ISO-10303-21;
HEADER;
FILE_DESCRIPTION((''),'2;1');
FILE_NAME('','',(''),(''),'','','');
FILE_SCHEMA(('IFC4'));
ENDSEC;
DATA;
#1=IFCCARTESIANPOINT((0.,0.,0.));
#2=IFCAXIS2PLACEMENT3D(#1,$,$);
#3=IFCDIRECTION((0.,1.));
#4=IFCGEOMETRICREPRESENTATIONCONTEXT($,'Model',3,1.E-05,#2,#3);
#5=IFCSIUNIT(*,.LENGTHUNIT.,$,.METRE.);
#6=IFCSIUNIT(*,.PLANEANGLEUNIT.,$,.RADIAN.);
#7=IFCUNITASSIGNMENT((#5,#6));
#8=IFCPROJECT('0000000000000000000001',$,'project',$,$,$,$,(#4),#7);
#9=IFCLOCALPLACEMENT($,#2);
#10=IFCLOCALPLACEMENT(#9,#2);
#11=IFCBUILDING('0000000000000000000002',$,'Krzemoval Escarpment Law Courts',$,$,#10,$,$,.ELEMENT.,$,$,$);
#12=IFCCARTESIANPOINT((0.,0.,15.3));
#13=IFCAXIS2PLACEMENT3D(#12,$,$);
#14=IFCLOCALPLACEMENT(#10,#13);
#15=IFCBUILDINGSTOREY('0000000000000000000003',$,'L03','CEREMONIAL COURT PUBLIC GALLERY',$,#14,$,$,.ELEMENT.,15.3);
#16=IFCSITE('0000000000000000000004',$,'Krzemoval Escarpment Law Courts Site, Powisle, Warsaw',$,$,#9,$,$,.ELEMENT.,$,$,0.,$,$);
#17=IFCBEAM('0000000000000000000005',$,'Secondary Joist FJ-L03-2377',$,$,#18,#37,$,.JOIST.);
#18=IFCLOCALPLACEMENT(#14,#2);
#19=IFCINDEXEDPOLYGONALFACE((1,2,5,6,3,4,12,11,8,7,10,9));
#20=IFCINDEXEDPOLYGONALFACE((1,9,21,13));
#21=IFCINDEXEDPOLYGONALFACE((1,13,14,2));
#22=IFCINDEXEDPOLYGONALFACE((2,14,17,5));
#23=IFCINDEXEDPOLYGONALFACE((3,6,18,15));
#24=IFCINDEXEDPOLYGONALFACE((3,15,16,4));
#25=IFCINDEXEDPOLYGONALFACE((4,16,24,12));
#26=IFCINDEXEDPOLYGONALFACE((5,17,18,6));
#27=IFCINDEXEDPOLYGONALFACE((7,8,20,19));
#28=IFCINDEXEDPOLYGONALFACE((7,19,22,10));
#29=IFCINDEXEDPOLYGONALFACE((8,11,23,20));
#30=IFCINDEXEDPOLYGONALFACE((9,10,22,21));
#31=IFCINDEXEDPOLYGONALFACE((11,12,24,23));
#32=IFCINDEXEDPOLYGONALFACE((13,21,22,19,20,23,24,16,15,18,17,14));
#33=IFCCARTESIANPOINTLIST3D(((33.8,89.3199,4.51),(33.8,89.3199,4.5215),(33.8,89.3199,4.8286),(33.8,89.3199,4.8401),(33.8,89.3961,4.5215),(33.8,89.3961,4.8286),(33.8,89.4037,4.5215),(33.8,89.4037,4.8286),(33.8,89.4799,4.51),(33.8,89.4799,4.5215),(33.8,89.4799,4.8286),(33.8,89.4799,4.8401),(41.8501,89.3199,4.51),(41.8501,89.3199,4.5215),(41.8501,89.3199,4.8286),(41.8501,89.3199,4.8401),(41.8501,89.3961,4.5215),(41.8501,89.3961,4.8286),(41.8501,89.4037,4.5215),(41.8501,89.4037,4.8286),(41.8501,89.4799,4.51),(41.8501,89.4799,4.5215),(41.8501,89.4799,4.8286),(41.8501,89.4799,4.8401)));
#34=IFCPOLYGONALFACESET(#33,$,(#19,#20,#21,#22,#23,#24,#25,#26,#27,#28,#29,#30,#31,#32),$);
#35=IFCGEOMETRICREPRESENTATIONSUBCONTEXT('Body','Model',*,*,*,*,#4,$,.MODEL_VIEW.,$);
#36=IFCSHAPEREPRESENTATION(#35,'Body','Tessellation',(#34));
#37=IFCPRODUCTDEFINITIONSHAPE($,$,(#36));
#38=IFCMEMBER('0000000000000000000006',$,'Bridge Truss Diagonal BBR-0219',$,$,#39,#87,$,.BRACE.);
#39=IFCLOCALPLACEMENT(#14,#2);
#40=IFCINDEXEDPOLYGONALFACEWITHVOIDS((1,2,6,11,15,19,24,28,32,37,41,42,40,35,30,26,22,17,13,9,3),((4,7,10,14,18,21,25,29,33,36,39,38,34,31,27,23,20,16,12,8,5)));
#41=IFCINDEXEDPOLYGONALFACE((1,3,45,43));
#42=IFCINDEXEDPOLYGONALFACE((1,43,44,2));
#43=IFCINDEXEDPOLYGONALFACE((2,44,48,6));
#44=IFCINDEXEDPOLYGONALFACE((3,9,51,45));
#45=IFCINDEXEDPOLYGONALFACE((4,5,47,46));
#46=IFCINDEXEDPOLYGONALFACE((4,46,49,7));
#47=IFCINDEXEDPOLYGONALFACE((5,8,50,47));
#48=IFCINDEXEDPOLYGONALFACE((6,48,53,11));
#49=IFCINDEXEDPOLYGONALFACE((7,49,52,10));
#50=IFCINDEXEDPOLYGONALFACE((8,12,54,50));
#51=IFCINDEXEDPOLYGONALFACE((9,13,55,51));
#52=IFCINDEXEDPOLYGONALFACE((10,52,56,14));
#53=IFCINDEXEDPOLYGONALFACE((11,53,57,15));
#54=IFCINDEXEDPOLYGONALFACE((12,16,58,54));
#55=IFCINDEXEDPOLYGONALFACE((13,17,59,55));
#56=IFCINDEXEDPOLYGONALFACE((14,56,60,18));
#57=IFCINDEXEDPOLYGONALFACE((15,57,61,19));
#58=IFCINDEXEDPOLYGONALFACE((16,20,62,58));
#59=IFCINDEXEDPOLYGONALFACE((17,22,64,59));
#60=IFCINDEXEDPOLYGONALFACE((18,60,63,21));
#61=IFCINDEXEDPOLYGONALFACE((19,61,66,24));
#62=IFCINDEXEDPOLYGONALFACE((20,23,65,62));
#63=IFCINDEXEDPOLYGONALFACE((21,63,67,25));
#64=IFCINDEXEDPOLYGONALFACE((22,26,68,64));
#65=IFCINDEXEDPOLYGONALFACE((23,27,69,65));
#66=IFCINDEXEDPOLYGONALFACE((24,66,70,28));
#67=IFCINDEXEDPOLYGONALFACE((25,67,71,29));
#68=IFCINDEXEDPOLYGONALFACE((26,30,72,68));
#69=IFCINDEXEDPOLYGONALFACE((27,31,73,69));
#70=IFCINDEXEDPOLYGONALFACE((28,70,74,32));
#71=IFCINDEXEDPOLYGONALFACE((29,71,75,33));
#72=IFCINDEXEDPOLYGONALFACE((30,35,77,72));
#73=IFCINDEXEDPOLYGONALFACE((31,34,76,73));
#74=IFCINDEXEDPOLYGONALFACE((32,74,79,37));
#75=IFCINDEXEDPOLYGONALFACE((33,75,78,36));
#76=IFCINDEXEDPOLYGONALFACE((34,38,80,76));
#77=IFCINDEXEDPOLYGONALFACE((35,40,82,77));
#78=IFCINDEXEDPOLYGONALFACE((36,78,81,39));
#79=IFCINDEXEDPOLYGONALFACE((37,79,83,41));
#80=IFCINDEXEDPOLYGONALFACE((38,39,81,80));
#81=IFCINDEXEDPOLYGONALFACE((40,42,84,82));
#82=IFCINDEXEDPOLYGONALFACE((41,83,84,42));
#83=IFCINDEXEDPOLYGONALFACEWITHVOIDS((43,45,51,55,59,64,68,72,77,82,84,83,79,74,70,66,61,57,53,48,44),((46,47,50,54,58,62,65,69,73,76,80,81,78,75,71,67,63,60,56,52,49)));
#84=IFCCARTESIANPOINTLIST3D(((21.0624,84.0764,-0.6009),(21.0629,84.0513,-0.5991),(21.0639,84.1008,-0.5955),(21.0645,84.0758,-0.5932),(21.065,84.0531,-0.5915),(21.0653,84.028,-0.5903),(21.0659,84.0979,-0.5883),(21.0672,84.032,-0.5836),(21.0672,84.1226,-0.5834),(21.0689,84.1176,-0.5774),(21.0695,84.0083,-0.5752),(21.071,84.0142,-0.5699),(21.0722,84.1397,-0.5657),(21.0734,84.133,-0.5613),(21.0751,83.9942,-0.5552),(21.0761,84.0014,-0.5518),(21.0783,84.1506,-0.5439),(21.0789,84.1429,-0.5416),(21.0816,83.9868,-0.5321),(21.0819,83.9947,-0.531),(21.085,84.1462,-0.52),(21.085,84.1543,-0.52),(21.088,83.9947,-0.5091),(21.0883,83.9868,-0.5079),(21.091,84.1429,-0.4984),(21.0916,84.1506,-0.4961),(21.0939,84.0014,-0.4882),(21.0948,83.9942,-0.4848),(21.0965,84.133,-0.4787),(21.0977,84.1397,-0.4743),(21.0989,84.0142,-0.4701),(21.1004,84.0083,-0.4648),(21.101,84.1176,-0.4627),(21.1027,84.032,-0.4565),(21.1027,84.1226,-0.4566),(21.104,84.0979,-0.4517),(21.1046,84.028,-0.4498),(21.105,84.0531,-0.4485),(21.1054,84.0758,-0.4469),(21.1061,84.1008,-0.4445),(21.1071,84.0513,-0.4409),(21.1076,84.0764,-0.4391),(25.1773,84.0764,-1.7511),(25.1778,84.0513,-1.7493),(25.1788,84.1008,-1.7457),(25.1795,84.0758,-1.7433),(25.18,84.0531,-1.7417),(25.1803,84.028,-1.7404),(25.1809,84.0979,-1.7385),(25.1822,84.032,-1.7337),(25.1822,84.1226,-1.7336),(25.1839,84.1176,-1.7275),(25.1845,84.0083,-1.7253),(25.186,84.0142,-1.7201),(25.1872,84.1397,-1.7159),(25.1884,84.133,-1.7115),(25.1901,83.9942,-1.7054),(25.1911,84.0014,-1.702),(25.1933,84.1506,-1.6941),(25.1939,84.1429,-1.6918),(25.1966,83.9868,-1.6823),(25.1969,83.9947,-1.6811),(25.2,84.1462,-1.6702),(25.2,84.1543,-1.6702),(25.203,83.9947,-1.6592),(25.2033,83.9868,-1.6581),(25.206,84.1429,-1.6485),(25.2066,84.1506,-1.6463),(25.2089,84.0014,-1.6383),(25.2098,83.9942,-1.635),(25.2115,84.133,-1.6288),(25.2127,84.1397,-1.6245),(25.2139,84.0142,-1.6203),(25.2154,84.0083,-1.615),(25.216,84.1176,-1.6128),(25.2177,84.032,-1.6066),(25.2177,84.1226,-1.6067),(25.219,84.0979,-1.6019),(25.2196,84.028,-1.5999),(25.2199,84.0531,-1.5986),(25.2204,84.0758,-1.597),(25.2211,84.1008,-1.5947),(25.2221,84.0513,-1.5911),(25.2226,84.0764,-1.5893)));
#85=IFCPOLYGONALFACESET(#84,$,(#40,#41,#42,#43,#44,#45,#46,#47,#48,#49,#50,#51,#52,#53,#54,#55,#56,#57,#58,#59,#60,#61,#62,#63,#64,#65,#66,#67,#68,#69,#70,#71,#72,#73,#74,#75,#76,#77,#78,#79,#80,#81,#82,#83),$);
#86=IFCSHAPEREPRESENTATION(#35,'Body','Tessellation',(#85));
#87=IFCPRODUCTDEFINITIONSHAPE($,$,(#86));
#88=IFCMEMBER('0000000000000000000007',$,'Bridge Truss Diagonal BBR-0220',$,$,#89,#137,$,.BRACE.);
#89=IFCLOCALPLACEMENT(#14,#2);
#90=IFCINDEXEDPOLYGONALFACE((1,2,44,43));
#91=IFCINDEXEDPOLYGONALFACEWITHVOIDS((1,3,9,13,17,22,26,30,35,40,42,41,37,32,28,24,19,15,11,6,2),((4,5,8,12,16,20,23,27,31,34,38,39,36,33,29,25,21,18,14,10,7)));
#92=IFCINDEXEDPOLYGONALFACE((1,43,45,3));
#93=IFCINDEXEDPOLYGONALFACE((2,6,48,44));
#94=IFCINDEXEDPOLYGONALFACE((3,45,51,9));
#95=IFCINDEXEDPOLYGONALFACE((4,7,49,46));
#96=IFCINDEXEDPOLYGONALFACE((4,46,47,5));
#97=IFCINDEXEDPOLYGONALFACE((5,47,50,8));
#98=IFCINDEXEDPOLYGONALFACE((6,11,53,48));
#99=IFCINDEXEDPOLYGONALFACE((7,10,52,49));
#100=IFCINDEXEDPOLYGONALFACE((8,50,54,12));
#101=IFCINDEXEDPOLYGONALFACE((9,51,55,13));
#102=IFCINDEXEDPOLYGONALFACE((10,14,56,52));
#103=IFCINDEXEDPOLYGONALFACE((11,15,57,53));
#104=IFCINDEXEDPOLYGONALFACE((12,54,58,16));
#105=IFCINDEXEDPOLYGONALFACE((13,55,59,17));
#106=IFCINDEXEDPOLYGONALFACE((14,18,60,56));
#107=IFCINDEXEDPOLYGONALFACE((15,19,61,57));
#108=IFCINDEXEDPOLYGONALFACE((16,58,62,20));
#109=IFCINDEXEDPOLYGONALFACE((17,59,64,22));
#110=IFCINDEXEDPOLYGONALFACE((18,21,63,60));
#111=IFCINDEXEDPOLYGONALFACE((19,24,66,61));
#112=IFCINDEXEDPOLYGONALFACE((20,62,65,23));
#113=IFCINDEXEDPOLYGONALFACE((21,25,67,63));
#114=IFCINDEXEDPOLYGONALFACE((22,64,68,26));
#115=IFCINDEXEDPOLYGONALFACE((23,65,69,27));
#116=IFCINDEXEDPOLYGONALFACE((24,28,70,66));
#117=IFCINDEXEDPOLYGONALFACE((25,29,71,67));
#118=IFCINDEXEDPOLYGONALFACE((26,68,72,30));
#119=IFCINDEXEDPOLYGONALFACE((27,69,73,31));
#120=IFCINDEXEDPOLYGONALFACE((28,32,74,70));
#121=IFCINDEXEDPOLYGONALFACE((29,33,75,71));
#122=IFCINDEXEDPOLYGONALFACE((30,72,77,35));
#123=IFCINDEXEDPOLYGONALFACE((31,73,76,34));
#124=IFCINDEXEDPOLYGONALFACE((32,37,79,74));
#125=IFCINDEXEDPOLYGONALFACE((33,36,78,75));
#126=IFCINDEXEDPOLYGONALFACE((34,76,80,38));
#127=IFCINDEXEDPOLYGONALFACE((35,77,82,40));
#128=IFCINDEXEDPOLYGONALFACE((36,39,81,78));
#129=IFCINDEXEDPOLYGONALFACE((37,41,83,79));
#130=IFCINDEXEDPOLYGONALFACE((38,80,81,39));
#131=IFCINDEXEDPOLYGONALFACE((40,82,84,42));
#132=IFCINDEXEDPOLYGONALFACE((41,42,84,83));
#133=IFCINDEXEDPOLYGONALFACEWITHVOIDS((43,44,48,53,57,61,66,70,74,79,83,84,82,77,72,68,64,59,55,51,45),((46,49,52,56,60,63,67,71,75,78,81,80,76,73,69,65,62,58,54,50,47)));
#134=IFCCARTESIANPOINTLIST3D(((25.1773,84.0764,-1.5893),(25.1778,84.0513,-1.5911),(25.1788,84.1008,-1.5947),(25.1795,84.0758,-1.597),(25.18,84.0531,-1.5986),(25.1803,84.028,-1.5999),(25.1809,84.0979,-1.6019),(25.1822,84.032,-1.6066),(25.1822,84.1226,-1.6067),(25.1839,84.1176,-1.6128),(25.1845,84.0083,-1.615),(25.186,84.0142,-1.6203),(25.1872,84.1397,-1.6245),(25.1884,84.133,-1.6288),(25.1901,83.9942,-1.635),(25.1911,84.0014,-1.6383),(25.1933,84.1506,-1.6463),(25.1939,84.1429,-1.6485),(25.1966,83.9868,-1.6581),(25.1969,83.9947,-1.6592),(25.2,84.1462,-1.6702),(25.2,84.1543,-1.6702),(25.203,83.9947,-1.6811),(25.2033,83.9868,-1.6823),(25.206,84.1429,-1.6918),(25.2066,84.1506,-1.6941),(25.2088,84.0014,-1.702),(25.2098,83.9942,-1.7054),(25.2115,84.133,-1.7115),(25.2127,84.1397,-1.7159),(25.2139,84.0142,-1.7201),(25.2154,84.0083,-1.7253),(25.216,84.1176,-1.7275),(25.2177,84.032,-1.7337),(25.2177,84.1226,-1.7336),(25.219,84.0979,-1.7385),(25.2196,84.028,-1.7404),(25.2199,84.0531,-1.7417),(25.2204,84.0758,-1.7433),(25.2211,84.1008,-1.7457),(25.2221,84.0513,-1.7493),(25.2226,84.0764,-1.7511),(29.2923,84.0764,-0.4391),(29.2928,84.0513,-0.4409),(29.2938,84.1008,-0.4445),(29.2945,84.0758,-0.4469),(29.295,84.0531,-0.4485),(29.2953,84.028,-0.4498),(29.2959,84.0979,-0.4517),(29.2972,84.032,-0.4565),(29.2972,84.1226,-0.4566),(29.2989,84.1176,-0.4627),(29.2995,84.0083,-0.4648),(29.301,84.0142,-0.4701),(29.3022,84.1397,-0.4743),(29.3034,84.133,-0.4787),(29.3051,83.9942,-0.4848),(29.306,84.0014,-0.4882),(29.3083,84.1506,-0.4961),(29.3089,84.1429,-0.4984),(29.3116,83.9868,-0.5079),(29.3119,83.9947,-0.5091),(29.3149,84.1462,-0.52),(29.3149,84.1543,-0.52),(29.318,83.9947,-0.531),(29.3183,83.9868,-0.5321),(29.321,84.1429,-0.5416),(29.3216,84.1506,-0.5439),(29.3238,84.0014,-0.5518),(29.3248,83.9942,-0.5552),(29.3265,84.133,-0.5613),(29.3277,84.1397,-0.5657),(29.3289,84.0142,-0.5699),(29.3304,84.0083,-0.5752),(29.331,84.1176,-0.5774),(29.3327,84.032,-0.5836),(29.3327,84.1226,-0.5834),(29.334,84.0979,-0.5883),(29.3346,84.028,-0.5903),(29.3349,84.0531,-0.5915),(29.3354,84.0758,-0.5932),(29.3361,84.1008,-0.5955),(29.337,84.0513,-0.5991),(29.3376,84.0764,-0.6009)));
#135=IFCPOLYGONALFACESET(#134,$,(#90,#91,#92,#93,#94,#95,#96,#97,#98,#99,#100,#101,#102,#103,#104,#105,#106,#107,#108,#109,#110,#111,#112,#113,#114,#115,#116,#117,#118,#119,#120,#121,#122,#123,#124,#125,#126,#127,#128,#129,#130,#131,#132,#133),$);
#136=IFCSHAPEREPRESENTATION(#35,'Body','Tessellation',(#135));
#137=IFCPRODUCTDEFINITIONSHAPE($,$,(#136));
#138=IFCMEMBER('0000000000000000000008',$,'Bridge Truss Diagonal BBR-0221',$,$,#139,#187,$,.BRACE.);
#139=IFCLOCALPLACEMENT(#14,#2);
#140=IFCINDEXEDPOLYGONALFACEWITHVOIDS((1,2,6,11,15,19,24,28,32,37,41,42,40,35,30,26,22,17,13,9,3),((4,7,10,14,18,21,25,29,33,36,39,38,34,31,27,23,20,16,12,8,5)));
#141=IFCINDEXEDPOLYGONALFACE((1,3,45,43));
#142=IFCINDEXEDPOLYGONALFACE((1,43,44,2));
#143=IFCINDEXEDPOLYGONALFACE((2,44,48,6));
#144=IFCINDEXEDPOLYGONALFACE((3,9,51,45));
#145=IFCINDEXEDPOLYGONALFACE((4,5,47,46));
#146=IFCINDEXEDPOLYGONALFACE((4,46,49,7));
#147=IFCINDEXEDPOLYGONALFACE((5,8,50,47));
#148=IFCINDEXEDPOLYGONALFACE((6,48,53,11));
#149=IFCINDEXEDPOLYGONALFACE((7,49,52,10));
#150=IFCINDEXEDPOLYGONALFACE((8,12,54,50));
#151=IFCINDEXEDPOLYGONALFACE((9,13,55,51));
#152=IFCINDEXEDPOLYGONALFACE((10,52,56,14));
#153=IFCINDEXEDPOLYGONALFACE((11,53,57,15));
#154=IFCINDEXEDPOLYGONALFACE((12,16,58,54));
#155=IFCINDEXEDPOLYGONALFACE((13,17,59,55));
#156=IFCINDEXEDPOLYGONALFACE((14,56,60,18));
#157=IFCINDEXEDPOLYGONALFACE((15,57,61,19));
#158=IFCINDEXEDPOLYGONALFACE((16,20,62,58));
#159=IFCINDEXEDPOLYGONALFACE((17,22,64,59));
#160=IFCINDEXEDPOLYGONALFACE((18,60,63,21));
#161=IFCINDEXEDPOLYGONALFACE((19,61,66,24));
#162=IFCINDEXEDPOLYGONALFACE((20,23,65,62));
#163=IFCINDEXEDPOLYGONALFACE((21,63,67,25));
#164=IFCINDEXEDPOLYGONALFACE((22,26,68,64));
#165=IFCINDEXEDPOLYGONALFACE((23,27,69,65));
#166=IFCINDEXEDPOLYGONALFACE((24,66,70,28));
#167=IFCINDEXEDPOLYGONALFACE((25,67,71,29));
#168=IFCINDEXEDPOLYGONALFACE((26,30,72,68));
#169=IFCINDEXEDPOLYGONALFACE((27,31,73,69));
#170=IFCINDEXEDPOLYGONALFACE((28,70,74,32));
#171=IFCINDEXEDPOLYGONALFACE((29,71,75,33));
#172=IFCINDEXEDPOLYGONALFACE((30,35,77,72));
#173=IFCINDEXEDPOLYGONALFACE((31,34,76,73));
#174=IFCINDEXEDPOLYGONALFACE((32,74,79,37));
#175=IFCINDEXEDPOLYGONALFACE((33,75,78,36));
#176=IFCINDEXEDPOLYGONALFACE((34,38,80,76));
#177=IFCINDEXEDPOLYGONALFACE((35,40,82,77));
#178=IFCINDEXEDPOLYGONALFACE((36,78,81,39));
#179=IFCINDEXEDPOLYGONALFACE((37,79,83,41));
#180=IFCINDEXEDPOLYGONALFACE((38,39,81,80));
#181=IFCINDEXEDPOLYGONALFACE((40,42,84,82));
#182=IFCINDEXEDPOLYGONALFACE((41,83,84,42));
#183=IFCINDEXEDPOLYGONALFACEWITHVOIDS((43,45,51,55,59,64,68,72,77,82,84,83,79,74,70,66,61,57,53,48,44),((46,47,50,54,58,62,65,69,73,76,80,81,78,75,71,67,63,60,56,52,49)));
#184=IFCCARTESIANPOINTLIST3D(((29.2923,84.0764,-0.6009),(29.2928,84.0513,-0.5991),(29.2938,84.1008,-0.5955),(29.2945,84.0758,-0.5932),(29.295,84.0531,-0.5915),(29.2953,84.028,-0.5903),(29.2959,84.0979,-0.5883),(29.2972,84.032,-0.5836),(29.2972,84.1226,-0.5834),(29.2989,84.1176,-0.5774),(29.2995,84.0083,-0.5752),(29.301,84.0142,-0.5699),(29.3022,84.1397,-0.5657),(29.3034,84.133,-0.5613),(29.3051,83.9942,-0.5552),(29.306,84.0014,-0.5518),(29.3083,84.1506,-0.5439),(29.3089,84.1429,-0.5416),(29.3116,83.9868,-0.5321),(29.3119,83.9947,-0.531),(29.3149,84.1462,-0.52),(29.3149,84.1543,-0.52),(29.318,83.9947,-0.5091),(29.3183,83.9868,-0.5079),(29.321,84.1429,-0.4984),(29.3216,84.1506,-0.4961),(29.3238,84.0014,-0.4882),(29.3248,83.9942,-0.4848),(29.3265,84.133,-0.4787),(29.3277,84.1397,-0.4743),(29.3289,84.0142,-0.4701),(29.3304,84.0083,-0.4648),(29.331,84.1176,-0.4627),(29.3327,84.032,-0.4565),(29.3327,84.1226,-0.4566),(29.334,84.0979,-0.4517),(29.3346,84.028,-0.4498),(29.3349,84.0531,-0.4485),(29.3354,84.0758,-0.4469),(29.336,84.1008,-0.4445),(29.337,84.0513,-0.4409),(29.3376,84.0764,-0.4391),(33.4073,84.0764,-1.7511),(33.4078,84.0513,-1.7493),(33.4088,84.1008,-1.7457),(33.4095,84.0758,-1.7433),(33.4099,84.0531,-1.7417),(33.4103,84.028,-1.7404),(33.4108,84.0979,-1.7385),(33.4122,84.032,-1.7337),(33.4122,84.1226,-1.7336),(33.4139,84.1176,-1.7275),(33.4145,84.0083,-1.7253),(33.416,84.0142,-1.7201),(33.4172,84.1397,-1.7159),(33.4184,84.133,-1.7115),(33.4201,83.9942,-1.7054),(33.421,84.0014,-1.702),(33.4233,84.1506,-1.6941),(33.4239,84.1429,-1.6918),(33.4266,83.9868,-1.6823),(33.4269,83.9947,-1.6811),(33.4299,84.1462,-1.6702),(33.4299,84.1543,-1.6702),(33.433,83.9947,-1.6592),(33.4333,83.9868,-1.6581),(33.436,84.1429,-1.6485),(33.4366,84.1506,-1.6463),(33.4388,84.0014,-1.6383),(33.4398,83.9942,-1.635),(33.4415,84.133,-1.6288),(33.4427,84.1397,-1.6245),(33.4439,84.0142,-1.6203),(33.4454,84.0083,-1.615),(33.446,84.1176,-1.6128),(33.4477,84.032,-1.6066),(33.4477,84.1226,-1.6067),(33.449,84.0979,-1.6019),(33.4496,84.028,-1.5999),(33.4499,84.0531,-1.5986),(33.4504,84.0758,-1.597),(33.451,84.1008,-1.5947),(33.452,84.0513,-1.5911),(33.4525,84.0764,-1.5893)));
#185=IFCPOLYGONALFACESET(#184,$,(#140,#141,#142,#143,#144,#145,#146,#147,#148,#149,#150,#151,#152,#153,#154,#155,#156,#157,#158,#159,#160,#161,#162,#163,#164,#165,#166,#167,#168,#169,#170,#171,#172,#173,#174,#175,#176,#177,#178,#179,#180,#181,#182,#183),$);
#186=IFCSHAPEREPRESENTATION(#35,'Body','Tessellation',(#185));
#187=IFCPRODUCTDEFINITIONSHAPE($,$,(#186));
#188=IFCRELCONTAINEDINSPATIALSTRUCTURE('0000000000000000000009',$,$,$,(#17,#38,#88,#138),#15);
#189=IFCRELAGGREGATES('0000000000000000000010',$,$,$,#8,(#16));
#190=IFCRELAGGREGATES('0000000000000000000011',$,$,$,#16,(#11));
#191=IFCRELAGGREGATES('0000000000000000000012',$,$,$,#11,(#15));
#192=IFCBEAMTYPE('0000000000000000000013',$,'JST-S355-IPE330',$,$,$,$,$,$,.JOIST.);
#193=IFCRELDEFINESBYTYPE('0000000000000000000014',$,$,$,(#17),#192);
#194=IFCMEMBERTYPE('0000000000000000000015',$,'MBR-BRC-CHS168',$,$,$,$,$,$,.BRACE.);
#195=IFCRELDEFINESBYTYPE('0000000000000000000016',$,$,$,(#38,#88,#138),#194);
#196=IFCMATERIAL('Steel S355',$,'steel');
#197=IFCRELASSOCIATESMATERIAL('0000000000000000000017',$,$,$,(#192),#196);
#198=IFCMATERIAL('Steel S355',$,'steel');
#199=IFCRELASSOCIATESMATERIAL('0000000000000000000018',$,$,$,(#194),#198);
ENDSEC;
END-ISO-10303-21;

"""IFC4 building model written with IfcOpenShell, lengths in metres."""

from ifc_helpers import new_model, si_unit, direction, frame, origin, origin_2d, place, context, subcontext, project, spatial, hollow_circle, i_section, extrude, material, material_profile, profile_set, type_object, element, save


model = new_model("IFC4")

# Units and contexts
model_context = context("Model", 3, precision=1e-05, world=origin(), true_north=direction((0.0, 1.0)))
body_context = subcontext(model_context, "Body", "Model", "MODEL_VIEW")
ifc_project = project(units=[si_unit("LENGTHUNIT", "METRE"), si_unit("PLANEANGLEUNIT", "RADIAN")], contexts=[model_context])

# Site, building, storey
site_placement = place(None, origin())
site = spatial("IfcSite", under=ifc_project, at=site_placement, Name="Krzemoval Escarpment Law Courts Site, Powisle, Warsaw", CompositionType="ELEMENT", RefElevation=0.0)
building_placement = place(site_placement, origin())
building = spatial("IfcBuilding", under=site, at=building_placement, Name="Krzemoval Escarpment Law Courts", CompositionType="ELEMENT")
storey_placement = place(building_placement, frame((0.0, 0.0, 15.3)))
storey = spatial("IfcBuildingStorey", under=building, at=storey_placement, Name="L03", Description="CEREMONIAL COURT PUBLIC GALLERY", CompositionType="ELEMENT", Elevation=15.3)

# Beam
ifc_material_1 = material(Name="Steel S355", Category="steel")
ifc_material_profile_1 = material_profile(ifc_material_1, i_section(OverallWidth=0.1599, OverallDepth=0.3301, WebThickness=0.0076, FlangeThickness=0.0115, at=origin_2d()), Name="IPE 330")
ifc_profile_set_1 = profile_set([ifc_material_profile_1], Name="Steel S355")
beam_type_1 = type_object("IfcBeamType", Name="JST-S355-IPE330", PredefinedType="JOIST", material=ifc_profile_set_1)
beam_1_placement = place(storey_placement, frame((33.8, 89.3999, 4.675), z_axis=(1.0, 0.0, 0.0), x_axis=(0.0, 1.0, 0.0)))
element("IfcBeam", 1, at=beam_1_placement, inside=storey, type_object=beam_type_1, Name="Secondary Joist FJ-L03-2377", PredefinedType="JOIST", context=body_context, shape_type="SweptSolid", body=[
    extrude(i_section(OverallWidth=0.1599, OverallDepth=0.3301, WebThickness=0.0076, FlangeThickness=0.0115, at=origin_2d()), origin(), (0.0, 0.0, 1.0), 8.05),
])

# Members
ifc_material_2 = material(Name="Steel S355", Category="steel")
ifc_material_profile_2 = material_profile(ifc_material_2, hollow_circle(Radius=0.0842, WallThickness=0.0081, at=origin_2d()), Name="CHS 168.3x8")
ifc_profile_set_2 = profile_set([ifc_material_profile_2], Name="Steel S355")
member_type_1 = type_object("IfcMemberType", Name="MBR-BRC-CHS168", PredefinedType="BRACE", material=ifc_profile_set_2)
for number, where, z_axis, x_axis, name in (
    (2, (21.085, 84.0701, -0.52), (0.963089, 0.0, -0.269185), (0.0, 1.0, 0.0), "Bridge Truss Diagonal BBR-0219"),
    (3, (25.2, 84.0701, -1.6702), (0.963089, 0.0, 0.269185), (0.0, 1.0, 0.0), "Bridge Truss Diagonal BBR-0220"),
    (4, (29.3149, 84.0701, -0.52), (0.963089, 0.0, -0.269185), (0.0, 1.0, 0.0), "Bridge Truss Diagonal BBR-0221"),
):
    element("IfcMember", number, at=place(storey_placement, frame(where, z_axis=z_axis, x_axis=x_axis)), inside=storey, type_object=member_type_1, Name=name, PredefinedType="BRACE", context=body_context, shape_type="SweptSolid", body=[
        extrude(hollow_circle(Radius=0.0842, WallThickness=0.0081, at=origin_2d()), origin(), (0.0, 0.0, 1.0), 4.2727),
    ])

save(model, "model.ifc")
